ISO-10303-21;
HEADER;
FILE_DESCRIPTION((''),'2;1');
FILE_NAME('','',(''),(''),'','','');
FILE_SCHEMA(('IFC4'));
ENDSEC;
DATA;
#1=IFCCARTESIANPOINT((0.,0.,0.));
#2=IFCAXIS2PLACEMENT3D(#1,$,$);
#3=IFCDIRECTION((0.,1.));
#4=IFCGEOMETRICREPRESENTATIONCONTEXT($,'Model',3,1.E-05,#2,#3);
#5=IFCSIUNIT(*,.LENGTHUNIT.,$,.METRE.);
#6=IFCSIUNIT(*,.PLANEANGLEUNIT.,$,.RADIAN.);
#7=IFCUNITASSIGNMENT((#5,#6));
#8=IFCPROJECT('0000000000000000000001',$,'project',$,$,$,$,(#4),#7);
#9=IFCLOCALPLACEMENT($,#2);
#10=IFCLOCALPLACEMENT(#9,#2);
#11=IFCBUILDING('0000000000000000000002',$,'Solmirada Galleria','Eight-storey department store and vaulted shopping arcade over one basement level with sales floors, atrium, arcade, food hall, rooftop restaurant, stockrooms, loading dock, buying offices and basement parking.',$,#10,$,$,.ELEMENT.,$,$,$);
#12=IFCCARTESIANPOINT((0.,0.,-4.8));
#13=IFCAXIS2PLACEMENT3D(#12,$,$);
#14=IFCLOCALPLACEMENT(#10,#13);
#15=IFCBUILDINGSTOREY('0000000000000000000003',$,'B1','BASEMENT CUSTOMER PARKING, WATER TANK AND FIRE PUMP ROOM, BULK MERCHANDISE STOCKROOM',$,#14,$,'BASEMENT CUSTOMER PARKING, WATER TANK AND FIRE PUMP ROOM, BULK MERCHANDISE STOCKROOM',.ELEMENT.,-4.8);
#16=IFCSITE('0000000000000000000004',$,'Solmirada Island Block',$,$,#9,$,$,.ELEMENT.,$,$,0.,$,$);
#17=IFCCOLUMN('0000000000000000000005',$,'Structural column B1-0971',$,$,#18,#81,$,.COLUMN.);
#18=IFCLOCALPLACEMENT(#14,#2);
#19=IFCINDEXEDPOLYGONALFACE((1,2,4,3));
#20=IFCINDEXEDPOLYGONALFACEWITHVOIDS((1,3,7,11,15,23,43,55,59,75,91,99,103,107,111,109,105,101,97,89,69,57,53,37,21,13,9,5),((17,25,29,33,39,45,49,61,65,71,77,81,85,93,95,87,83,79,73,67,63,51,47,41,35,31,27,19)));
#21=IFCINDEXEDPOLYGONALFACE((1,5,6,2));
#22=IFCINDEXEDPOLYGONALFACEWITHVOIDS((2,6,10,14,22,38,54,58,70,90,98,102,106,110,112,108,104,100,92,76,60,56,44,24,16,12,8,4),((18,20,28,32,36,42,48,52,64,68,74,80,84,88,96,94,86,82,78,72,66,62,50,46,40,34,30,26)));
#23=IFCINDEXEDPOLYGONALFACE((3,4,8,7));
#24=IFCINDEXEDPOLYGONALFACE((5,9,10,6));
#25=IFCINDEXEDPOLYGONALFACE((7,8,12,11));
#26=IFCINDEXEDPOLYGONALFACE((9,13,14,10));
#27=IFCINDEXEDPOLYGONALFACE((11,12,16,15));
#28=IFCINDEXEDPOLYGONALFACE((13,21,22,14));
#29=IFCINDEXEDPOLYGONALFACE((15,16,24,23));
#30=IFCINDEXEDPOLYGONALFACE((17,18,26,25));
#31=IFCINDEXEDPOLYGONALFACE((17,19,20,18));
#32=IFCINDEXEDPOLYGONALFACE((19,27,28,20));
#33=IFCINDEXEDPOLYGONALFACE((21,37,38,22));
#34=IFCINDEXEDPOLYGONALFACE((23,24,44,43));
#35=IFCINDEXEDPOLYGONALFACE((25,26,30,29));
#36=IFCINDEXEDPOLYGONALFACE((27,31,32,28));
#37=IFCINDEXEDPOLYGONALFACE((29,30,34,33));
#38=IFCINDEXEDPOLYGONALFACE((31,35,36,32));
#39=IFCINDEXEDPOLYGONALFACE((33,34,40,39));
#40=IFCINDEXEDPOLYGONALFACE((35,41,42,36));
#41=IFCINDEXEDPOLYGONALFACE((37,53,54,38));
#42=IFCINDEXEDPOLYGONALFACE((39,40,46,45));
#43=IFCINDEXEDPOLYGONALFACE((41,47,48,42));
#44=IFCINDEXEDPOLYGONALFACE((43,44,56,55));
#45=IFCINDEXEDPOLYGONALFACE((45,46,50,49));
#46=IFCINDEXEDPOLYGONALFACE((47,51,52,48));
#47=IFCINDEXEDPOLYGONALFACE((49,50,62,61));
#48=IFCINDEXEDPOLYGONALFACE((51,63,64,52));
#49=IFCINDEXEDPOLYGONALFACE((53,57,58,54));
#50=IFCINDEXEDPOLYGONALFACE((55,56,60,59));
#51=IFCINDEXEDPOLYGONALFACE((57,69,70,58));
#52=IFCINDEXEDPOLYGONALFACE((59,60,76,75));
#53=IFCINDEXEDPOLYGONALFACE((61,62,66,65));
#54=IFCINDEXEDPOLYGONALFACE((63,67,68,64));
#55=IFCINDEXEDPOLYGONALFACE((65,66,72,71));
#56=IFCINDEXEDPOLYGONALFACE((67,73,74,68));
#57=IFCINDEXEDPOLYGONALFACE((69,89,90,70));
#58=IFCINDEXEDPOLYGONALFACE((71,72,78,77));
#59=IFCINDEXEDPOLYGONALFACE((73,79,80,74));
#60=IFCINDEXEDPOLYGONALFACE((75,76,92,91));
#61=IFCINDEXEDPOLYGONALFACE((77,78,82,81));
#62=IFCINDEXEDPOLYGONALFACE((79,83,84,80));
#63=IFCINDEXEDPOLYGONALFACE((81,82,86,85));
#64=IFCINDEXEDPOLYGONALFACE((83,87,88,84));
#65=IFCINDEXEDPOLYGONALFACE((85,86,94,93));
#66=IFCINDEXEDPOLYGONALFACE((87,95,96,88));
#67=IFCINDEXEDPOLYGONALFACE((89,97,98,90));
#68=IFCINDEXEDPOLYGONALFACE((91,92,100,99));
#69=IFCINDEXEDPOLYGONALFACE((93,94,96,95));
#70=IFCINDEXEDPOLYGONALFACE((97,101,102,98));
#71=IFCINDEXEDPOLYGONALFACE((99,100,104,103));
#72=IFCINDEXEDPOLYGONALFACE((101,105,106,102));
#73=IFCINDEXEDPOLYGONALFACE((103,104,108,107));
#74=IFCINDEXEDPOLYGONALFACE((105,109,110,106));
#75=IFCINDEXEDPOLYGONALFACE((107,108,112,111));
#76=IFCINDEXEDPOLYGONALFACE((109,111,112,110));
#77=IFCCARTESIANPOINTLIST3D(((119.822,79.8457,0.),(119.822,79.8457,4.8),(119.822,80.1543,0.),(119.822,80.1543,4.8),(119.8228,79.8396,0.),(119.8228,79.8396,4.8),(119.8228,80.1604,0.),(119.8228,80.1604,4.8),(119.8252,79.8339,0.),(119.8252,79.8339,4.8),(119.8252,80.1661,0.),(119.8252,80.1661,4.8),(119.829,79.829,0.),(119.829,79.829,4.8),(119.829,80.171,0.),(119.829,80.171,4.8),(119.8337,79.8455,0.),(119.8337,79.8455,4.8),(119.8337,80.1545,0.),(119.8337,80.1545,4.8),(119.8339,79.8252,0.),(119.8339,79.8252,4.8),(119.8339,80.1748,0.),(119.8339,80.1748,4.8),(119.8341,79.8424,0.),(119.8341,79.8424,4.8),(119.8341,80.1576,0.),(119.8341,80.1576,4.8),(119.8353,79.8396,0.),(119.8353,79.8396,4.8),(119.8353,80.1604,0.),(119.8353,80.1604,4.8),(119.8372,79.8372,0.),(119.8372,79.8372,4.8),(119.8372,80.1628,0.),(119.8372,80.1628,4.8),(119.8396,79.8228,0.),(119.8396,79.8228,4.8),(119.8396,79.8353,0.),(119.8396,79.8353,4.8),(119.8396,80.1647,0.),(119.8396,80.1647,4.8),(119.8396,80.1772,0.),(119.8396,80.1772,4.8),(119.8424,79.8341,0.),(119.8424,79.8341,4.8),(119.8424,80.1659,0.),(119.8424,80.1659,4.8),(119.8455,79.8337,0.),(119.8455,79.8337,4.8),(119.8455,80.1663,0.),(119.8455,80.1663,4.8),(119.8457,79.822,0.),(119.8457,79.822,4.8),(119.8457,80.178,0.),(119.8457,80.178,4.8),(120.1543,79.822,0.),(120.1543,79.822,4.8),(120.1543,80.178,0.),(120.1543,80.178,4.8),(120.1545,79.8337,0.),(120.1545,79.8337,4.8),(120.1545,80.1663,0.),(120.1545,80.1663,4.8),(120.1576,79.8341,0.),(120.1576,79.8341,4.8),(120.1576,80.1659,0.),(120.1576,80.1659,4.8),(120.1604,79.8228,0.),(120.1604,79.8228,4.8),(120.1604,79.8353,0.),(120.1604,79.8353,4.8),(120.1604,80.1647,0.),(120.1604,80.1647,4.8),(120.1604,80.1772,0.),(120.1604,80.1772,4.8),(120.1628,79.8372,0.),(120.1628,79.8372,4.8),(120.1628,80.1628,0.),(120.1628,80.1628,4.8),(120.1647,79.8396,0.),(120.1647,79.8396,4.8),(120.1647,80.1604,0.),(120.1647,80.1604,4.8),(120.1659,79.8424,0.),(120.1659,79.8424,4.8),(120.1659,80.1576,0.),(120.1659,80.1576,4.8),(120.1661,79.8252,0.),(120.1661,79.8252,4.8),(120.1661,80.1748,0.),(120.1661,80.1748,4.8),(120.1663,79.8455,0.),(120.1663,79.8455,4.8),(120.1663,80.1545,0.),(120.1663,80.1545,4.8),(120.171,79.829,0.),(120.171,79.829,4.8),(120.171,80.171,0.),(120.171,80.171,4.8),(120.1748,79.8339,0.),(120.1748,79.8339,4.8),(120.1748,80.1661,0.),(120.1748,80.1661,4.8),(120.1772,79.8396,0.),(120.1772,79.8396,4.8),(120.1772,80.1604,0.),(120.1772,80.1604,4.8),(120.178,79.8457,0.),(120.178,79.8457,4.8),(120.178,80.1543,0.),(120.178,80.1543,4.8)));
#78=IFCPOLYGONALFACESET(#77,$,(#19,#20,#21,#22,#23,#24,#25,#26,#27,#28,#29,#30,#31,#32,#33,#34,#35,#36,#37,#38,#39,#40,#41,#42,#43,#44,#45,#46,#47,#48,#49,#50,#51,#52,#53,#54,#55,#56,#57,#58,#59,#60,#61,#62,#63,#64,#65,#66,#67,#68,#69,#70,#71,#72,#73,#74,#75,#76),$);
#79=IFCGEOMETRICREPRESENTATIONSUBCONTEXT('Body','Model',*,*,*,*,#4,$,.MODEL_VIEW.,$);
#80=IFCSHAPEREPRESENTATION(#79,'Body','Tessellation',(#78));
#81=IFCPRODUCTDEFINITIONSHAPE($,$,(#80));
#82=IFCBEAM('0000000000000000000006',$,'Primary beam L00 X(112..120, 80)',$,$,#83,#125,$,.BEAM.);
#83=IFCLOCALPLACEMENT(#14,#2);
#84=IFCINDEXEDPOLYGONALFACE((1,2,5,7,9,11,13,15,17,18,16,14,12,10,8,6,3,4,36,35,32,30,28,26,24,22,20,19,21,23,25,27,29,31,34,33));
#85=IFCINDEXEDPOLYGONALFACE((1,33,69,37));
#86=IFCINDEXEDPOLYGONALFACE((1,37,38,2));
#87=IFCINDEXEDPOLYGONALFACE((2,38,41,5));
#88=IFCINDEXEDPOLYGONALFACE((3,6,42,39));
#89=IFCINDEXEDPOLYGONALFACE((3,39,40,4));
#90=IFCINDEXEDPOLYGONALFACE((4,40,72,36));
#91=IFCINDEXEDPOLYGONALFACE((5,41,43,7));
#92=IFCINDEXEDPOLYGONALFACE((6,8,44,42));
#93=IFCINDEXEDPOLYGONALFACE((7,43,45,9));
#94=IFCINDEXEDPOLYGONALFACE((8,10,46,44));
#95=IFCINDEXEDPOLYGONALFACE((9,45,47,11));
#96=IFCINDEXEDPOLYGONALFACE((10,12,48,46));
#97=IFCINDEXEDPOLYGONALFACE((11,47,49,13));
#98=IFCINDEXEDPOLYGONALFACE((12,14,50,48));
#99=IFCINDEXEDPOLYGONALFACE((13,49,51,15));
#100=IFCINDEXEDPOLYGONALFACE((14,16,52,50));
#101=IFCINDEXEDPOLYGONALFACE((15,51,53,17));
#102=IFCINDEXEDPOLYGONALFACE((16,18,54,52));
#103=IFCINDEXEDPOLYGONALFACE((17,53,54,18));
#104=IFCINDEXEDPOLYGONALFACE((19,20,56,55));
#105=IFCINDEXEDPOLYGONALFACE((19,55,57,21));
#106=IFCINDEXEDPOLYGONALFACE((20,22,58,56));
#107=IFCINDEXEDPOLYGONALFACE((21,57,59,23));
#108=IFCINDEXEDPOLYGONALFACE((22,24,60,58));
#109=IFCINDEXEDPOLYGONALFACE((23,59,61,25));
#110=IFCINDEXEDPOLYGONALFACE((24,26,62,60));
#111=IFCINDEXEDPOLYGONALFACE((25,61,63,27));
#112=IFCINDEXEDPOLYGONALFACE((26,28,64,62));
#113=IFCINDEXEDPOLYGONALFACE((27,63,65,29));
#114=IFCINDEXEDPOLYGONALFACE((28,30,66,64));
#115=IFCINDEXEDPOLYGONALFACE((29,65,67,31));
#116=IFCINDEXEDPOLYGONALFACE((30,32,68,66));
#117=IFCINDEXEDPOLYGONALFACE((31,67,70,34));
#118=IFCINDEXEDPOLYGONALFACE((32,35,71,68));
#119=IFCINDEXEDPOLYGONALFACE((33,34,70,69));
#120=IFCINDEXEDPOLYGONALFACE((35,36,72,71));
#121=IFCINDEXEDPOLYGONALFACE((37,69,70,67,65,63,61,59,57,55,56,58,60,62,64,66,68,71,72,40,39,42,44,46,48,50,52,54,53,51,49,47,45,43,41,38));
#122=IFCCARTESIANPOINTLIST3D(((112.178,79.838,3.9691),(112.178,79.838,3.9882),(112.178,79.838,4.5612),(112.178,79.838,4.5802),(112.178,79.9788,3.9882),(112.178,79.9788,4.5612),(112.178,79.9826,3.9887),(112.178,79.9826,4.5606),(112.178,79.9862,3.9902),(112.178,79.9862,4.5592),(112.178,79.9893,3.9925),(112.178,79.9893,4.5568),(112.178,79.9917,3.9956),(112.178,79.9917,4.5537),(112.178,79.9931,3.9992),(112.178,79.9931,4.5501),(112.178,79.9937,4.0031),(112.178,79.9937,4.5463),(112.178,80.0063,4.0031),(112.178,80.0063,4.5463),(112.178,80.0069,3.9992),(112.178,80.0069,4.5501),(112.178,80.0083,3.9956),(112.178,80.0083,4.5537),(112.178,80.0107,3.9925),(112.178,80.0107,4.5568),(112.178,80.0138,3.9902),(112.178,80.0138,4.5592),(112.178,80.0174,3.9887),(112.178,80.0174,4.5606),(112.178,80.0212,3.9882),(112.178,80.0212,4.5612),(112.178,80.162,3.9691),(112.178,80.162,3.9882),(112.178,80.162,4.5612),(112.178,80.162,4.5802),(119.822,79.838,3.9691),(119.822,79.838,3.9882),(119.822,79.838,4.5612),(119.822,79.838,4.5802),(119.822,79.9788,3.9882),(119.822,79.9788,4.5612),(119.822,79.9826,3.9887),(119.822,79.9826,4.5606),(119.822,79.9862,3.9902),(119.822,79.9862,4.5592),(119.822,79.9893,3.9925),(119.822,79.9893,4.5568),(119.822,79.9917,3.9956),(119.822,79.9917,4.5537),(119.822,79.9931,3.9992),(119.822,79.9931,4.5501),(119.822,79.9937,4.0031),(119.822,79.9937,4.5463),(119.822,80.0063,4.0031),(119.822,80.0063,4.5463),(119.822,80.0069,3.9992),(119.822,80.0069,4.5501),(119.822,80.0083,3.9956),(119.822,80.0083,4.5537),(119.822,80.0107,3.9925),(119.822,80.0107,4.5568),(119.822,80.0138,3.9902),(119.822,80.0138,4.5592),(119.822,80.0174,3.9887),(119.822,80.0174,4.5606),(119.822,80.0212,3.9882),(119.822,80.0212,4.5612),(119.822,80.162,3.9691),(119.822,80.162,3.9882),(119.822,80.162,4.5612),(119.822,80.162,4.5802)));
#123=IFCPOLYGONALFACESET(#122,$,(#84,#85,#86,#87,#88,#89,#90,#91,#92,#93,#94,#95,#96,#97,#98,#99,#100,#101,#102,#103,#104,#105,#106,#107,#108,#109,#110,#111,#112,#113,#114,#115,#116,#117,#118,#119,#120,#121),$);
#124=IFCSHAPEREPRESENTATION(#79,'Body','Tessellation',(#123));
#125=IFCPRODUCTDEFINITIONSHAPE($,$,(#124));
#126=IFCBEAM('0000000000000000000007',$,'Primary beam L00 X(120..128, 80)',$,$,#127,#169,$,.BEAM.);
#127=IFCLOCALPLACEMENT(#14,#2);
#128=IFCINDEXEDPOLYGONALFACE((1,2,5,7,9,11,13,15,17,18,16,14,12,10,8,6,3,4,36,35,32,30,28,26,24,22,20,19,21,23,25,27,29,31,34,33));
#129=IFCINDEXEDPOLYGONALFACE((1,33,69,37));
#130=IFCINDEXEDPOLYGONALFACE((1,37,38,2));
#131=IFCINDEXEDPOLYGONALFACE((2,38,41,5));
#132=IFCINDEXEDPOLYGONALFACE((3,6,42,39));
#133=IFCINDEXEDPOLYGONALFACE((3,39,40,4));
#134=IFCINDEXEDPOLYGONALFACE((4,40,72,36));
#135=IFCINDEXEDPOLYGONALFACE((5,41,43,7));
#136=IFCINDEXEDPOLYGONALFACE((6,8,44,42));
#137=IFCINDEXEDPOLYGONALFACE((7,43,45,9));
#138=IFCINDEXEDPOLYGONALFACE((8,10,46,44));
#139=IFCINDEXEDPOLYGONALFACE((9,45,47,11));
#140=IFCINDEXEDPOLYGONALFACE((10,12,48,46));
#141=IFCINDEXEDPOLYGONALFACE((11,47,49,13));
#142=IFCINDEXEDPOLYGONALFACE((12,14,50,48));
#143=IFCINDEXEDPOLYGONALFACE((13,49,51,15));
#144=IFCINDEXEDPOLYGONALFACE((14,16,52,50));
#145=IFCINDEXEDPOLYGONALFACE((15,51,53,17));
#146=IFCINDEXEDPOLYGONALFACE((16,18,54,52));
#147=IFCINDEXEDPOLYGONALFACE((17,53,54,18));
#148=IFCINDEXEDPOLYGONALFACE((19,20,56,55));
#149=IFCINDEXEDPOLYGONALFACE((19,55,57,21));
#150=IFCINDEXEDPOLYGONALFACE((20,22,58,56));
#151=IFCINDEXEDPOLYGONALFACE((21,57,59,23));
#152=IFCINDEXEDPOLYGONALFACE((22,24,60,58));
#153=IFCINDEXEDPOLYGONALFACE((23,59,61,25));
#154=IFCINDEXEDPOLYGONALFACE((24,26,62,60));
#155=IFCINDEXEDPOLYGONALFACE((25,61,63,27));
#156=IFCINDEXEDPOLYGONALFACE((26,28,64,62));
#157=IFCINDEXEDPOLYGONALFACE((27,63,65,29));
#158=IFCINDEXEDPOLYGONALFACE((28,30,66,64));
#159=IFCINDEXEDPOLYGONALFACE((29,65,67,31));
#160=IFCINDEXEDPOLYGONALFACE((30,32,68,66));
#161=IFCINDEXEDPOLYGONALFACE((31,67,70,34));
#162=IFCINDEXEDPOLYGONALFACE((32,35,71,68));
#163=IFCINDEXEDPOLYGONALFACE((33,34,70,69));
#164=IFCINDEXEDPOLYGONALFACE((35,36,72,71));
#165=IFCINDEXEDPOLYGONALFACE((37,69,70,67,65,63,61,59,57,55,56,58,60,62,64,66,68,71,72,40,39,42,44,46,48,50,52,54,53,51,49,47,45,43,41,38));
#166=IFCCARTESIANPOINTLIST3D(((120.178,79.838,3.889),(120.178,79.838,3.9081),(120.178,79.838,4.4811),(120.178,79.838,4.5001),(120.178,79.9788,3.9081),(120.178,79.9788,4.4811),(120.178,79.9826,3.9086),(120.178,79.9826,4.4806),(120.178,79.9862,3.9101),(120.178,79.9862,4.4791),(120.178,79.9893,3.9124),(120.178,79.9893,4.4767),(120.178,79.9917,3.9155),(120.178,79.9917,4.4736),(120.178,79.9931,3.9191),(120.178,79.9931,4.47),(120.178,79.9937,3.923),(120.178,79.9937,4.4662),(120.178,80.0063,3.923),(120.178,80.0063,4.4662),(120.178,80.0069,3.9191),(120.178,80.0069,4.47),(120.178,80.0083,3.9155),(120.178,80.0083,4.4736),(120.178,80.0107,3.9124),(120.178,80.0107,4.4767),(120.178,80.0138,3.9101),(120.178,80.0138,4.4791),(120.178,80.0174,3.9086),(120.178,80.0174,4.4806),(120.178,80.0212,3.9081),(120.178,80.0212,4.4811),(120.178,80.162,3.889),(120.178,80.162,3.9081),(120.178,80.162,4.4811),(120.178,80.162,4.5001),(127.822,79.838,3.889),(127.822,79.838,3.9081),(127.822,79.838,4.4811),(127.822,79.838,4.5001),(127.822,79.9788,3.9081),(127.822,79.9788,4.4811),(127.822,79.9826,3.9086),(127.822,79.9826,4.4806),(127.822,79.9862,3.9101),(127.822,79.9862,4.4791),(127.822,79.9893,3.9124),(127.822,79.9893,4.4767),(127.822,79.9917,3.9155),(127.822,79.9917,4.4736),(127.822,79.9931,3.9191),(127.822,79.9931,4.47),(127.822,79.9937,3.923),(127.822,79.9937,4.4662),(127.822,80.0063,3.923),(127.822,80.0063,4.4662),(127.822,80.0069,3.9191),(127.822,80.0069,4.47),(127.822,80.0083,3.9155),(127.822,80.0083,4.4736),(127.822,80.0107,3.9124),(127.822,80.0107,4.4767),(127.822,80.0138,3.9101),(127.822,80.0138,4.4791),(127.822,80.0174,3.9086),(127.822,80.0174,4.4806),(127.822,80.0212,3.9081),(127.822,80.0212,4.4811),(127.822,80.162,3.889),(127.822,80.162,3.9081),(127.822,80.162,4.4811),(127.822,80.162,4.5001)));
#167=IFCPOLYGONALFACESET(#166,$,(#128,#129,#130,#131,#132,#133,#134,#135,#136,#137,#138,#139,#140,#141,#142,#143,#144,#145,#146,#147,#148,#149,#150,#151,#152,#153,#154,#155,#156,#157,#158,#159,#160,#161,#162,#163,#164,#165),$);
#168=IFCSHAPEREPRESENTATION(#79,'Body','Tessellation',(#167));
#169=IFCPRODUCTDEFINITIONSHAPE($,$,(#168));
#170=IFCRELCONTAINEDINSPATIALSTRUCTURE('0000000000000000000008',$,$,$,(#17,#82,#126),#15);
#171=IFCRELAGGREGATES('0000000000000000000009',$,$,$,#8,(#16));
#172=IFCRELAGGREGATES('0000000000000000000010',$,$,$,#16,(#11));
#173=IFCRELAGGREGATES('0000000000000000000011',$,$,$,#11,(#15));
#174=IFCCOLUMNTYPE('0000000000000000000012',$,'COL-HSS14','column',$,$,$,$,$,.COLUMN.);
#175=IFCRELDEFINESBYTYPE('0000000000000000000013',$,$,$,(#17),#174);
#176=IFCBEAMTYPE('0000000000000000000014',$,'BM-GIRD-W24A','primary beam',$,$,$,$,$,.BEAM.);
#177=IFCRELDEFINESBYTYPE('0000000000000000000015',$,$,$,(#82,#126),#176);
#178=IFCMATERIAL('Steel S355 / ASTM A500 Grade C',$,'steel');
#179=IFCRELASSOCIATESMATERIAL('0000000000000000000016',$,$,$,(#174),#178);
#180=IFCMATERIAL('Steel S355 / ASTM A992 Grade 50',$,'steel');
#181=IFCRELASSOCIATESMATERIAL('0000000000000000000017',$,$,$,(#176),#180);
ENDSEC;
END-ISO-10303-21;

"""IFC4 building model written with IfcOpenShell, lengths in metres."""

from ifc_helpers import new_model, si_unit, direction, frame, origin, origin_2d, place, context, subcontext, project, spatial, hollow_rectangle, i_section, extrude, material, material_profile, profile_set, type_object, element, save


model = new_model("IFC4")

# Units and contexts
model_context = context("Model", 3, precision=1e-05, world=origin(), true_north=direction((0.0, 1.0)))
body_context = subcontext(model_context, "Body", "Model", "MODEL_VIEW")
ifc_project = project(units=[si_unit("LENGTHUNIT", "METRE"), si_unit("PLANEANGLEUNIT", "RADIAN")], contexts=[model_context])

# Site, building, storey
site_placement = place(None, origin())
site = spatial("IfcSite", under=ifc_project, at=site_placement, Name="Solmirada Island Block", CompositionType="ELEMENT", RefElevation=0.0)
building_placement = place(site_placement, origin())
building = spatial("IfcBuilding", under=site, at=building_placement, Name="Solmirada Galleria", Description="Eight-storey department store and vaulted shopping arcade over one basement level with sales floors, atrium, arcade, food hall, rooftop restaurant, stockrooms, loading dock, buying offices and basement parking.", CompositionType="ELEMENT")
storey_placement = place(building_placement, frame((0.0, 0.0, -4.8)))
storey = spatial("IfcBuildingStorey", under=building, at=storey_placement, Name="B1", Description="BASEMENT CUSTOMER PARKING, WATER TANK AND FIRE PUMP ROOM, BULK MERCHANDISE STOCKROOM", LongName="BASEMENT CUSTOMER PARKING, WATER TANK AND FIRE PUMP ROOM, BULK MERCHANDISE STOCKROOM", CompositionType="ELEMENT", Elevation=-4.8)

# Column
ifc_material_1 = material(Name="Steel S355 / ASTM A500 Grade C", Category="steel")
ifc_material_profile_1 = material_profile(ifc_material_1, hollow_rectangle(XDim=0.356, YDim=0.356, WallThickness=0.0117, InnerFilletRadius=0.0117, OuterFilletRadius=0.0237, at=origin_2d()), Name="HSS14X14X1/2")
ifc_profile_set_1 = profile_set([ifc_material_profile_1], Name="Steel S355 / ASTM A500 Grade C")
column_type = type_object("IfcColumnType", Name="COL-HSS14", Description="column", PredefinedType="COLUMN", material=ifc_profile_set_1)
column_placement = place(storey_placement, frame((120.0, 80.0, 0.0), z_axis=(0.0, 0.0, 1.0), x_axis=(1.0, 0.0, 0.0)))
element("IfcColumn", 1, at=column_placement, inside=storey, type_object=column_type, Name="Structural column B1-0971", PredefinedType="COLUMN", context=body_context, shape_type="SweptSolid", body=[
    extrude(hollow_rectangle(XDim=0.356, YDim=0.356, WallThickness=0.0117, InnerFilletRadius=0.0117, OuterFilletRadius=0.0237, at=origin_2d()), origin(), (0.0, 0.0, 1.0), 4.8),
])

# Beams
ifc_material_2 = material(Name="Steel S355 / ASTM A992 Grade 50", Category="steel")
ifc_material_profile_2 = material_profile(ifc_material_2, i_section(OverallWidth=0.324, OverallDepth=0.6111, WebThickness=0.0127, FlangeThickness=0.019, FilletRadius=0.0149, at=origin_2d()), Name="W24X104")
ifc_profile_set_2 = profile_set([ifc_material_profile_2], Name="Steel S355 / ASTM A992 Grade 50")
beam_type_1 = type_object("IfcBeamType", Name="BM-GIRD-W24A", Description="primary beam", PredefinedType="BEAM", material=ifc_profile_set_2)
for number, where, z_axis, x_axis, name in (
    (2, (112.178, 80.0, 4.2747), (1.0, 0.0, 0.0), (0.0, 1.0, 0.0), "Primary beam L00 X(112..120, 80)"),
    (3, (120.178, 80.0, 4.1946), (1.0, 0.0, 0.0), (0.0, 1.0, 0.0), "Primary beam L00 X(120..128, 80)"),
):
    element("IfcBeam", number, at=place(storey_placement, frame(where, z_axis=z_axis, x_axis=x_axis)), inside=storey, type_object=beam_type_1, Name=name, PredefinedType="BEAM", context=body_context, shape_type="SweptSolid", body=[
        extrude(i_section(OverallWidth=0.324, OverallDepth=0.6111, WebThickness=0.0127, FlangeThickness=0.019, FilletRadius=0.0149, at=origin_2d()), origin(), (0.0, 0.0, 1.0), 7.644),
    ])

save(model, "model.ifc")
